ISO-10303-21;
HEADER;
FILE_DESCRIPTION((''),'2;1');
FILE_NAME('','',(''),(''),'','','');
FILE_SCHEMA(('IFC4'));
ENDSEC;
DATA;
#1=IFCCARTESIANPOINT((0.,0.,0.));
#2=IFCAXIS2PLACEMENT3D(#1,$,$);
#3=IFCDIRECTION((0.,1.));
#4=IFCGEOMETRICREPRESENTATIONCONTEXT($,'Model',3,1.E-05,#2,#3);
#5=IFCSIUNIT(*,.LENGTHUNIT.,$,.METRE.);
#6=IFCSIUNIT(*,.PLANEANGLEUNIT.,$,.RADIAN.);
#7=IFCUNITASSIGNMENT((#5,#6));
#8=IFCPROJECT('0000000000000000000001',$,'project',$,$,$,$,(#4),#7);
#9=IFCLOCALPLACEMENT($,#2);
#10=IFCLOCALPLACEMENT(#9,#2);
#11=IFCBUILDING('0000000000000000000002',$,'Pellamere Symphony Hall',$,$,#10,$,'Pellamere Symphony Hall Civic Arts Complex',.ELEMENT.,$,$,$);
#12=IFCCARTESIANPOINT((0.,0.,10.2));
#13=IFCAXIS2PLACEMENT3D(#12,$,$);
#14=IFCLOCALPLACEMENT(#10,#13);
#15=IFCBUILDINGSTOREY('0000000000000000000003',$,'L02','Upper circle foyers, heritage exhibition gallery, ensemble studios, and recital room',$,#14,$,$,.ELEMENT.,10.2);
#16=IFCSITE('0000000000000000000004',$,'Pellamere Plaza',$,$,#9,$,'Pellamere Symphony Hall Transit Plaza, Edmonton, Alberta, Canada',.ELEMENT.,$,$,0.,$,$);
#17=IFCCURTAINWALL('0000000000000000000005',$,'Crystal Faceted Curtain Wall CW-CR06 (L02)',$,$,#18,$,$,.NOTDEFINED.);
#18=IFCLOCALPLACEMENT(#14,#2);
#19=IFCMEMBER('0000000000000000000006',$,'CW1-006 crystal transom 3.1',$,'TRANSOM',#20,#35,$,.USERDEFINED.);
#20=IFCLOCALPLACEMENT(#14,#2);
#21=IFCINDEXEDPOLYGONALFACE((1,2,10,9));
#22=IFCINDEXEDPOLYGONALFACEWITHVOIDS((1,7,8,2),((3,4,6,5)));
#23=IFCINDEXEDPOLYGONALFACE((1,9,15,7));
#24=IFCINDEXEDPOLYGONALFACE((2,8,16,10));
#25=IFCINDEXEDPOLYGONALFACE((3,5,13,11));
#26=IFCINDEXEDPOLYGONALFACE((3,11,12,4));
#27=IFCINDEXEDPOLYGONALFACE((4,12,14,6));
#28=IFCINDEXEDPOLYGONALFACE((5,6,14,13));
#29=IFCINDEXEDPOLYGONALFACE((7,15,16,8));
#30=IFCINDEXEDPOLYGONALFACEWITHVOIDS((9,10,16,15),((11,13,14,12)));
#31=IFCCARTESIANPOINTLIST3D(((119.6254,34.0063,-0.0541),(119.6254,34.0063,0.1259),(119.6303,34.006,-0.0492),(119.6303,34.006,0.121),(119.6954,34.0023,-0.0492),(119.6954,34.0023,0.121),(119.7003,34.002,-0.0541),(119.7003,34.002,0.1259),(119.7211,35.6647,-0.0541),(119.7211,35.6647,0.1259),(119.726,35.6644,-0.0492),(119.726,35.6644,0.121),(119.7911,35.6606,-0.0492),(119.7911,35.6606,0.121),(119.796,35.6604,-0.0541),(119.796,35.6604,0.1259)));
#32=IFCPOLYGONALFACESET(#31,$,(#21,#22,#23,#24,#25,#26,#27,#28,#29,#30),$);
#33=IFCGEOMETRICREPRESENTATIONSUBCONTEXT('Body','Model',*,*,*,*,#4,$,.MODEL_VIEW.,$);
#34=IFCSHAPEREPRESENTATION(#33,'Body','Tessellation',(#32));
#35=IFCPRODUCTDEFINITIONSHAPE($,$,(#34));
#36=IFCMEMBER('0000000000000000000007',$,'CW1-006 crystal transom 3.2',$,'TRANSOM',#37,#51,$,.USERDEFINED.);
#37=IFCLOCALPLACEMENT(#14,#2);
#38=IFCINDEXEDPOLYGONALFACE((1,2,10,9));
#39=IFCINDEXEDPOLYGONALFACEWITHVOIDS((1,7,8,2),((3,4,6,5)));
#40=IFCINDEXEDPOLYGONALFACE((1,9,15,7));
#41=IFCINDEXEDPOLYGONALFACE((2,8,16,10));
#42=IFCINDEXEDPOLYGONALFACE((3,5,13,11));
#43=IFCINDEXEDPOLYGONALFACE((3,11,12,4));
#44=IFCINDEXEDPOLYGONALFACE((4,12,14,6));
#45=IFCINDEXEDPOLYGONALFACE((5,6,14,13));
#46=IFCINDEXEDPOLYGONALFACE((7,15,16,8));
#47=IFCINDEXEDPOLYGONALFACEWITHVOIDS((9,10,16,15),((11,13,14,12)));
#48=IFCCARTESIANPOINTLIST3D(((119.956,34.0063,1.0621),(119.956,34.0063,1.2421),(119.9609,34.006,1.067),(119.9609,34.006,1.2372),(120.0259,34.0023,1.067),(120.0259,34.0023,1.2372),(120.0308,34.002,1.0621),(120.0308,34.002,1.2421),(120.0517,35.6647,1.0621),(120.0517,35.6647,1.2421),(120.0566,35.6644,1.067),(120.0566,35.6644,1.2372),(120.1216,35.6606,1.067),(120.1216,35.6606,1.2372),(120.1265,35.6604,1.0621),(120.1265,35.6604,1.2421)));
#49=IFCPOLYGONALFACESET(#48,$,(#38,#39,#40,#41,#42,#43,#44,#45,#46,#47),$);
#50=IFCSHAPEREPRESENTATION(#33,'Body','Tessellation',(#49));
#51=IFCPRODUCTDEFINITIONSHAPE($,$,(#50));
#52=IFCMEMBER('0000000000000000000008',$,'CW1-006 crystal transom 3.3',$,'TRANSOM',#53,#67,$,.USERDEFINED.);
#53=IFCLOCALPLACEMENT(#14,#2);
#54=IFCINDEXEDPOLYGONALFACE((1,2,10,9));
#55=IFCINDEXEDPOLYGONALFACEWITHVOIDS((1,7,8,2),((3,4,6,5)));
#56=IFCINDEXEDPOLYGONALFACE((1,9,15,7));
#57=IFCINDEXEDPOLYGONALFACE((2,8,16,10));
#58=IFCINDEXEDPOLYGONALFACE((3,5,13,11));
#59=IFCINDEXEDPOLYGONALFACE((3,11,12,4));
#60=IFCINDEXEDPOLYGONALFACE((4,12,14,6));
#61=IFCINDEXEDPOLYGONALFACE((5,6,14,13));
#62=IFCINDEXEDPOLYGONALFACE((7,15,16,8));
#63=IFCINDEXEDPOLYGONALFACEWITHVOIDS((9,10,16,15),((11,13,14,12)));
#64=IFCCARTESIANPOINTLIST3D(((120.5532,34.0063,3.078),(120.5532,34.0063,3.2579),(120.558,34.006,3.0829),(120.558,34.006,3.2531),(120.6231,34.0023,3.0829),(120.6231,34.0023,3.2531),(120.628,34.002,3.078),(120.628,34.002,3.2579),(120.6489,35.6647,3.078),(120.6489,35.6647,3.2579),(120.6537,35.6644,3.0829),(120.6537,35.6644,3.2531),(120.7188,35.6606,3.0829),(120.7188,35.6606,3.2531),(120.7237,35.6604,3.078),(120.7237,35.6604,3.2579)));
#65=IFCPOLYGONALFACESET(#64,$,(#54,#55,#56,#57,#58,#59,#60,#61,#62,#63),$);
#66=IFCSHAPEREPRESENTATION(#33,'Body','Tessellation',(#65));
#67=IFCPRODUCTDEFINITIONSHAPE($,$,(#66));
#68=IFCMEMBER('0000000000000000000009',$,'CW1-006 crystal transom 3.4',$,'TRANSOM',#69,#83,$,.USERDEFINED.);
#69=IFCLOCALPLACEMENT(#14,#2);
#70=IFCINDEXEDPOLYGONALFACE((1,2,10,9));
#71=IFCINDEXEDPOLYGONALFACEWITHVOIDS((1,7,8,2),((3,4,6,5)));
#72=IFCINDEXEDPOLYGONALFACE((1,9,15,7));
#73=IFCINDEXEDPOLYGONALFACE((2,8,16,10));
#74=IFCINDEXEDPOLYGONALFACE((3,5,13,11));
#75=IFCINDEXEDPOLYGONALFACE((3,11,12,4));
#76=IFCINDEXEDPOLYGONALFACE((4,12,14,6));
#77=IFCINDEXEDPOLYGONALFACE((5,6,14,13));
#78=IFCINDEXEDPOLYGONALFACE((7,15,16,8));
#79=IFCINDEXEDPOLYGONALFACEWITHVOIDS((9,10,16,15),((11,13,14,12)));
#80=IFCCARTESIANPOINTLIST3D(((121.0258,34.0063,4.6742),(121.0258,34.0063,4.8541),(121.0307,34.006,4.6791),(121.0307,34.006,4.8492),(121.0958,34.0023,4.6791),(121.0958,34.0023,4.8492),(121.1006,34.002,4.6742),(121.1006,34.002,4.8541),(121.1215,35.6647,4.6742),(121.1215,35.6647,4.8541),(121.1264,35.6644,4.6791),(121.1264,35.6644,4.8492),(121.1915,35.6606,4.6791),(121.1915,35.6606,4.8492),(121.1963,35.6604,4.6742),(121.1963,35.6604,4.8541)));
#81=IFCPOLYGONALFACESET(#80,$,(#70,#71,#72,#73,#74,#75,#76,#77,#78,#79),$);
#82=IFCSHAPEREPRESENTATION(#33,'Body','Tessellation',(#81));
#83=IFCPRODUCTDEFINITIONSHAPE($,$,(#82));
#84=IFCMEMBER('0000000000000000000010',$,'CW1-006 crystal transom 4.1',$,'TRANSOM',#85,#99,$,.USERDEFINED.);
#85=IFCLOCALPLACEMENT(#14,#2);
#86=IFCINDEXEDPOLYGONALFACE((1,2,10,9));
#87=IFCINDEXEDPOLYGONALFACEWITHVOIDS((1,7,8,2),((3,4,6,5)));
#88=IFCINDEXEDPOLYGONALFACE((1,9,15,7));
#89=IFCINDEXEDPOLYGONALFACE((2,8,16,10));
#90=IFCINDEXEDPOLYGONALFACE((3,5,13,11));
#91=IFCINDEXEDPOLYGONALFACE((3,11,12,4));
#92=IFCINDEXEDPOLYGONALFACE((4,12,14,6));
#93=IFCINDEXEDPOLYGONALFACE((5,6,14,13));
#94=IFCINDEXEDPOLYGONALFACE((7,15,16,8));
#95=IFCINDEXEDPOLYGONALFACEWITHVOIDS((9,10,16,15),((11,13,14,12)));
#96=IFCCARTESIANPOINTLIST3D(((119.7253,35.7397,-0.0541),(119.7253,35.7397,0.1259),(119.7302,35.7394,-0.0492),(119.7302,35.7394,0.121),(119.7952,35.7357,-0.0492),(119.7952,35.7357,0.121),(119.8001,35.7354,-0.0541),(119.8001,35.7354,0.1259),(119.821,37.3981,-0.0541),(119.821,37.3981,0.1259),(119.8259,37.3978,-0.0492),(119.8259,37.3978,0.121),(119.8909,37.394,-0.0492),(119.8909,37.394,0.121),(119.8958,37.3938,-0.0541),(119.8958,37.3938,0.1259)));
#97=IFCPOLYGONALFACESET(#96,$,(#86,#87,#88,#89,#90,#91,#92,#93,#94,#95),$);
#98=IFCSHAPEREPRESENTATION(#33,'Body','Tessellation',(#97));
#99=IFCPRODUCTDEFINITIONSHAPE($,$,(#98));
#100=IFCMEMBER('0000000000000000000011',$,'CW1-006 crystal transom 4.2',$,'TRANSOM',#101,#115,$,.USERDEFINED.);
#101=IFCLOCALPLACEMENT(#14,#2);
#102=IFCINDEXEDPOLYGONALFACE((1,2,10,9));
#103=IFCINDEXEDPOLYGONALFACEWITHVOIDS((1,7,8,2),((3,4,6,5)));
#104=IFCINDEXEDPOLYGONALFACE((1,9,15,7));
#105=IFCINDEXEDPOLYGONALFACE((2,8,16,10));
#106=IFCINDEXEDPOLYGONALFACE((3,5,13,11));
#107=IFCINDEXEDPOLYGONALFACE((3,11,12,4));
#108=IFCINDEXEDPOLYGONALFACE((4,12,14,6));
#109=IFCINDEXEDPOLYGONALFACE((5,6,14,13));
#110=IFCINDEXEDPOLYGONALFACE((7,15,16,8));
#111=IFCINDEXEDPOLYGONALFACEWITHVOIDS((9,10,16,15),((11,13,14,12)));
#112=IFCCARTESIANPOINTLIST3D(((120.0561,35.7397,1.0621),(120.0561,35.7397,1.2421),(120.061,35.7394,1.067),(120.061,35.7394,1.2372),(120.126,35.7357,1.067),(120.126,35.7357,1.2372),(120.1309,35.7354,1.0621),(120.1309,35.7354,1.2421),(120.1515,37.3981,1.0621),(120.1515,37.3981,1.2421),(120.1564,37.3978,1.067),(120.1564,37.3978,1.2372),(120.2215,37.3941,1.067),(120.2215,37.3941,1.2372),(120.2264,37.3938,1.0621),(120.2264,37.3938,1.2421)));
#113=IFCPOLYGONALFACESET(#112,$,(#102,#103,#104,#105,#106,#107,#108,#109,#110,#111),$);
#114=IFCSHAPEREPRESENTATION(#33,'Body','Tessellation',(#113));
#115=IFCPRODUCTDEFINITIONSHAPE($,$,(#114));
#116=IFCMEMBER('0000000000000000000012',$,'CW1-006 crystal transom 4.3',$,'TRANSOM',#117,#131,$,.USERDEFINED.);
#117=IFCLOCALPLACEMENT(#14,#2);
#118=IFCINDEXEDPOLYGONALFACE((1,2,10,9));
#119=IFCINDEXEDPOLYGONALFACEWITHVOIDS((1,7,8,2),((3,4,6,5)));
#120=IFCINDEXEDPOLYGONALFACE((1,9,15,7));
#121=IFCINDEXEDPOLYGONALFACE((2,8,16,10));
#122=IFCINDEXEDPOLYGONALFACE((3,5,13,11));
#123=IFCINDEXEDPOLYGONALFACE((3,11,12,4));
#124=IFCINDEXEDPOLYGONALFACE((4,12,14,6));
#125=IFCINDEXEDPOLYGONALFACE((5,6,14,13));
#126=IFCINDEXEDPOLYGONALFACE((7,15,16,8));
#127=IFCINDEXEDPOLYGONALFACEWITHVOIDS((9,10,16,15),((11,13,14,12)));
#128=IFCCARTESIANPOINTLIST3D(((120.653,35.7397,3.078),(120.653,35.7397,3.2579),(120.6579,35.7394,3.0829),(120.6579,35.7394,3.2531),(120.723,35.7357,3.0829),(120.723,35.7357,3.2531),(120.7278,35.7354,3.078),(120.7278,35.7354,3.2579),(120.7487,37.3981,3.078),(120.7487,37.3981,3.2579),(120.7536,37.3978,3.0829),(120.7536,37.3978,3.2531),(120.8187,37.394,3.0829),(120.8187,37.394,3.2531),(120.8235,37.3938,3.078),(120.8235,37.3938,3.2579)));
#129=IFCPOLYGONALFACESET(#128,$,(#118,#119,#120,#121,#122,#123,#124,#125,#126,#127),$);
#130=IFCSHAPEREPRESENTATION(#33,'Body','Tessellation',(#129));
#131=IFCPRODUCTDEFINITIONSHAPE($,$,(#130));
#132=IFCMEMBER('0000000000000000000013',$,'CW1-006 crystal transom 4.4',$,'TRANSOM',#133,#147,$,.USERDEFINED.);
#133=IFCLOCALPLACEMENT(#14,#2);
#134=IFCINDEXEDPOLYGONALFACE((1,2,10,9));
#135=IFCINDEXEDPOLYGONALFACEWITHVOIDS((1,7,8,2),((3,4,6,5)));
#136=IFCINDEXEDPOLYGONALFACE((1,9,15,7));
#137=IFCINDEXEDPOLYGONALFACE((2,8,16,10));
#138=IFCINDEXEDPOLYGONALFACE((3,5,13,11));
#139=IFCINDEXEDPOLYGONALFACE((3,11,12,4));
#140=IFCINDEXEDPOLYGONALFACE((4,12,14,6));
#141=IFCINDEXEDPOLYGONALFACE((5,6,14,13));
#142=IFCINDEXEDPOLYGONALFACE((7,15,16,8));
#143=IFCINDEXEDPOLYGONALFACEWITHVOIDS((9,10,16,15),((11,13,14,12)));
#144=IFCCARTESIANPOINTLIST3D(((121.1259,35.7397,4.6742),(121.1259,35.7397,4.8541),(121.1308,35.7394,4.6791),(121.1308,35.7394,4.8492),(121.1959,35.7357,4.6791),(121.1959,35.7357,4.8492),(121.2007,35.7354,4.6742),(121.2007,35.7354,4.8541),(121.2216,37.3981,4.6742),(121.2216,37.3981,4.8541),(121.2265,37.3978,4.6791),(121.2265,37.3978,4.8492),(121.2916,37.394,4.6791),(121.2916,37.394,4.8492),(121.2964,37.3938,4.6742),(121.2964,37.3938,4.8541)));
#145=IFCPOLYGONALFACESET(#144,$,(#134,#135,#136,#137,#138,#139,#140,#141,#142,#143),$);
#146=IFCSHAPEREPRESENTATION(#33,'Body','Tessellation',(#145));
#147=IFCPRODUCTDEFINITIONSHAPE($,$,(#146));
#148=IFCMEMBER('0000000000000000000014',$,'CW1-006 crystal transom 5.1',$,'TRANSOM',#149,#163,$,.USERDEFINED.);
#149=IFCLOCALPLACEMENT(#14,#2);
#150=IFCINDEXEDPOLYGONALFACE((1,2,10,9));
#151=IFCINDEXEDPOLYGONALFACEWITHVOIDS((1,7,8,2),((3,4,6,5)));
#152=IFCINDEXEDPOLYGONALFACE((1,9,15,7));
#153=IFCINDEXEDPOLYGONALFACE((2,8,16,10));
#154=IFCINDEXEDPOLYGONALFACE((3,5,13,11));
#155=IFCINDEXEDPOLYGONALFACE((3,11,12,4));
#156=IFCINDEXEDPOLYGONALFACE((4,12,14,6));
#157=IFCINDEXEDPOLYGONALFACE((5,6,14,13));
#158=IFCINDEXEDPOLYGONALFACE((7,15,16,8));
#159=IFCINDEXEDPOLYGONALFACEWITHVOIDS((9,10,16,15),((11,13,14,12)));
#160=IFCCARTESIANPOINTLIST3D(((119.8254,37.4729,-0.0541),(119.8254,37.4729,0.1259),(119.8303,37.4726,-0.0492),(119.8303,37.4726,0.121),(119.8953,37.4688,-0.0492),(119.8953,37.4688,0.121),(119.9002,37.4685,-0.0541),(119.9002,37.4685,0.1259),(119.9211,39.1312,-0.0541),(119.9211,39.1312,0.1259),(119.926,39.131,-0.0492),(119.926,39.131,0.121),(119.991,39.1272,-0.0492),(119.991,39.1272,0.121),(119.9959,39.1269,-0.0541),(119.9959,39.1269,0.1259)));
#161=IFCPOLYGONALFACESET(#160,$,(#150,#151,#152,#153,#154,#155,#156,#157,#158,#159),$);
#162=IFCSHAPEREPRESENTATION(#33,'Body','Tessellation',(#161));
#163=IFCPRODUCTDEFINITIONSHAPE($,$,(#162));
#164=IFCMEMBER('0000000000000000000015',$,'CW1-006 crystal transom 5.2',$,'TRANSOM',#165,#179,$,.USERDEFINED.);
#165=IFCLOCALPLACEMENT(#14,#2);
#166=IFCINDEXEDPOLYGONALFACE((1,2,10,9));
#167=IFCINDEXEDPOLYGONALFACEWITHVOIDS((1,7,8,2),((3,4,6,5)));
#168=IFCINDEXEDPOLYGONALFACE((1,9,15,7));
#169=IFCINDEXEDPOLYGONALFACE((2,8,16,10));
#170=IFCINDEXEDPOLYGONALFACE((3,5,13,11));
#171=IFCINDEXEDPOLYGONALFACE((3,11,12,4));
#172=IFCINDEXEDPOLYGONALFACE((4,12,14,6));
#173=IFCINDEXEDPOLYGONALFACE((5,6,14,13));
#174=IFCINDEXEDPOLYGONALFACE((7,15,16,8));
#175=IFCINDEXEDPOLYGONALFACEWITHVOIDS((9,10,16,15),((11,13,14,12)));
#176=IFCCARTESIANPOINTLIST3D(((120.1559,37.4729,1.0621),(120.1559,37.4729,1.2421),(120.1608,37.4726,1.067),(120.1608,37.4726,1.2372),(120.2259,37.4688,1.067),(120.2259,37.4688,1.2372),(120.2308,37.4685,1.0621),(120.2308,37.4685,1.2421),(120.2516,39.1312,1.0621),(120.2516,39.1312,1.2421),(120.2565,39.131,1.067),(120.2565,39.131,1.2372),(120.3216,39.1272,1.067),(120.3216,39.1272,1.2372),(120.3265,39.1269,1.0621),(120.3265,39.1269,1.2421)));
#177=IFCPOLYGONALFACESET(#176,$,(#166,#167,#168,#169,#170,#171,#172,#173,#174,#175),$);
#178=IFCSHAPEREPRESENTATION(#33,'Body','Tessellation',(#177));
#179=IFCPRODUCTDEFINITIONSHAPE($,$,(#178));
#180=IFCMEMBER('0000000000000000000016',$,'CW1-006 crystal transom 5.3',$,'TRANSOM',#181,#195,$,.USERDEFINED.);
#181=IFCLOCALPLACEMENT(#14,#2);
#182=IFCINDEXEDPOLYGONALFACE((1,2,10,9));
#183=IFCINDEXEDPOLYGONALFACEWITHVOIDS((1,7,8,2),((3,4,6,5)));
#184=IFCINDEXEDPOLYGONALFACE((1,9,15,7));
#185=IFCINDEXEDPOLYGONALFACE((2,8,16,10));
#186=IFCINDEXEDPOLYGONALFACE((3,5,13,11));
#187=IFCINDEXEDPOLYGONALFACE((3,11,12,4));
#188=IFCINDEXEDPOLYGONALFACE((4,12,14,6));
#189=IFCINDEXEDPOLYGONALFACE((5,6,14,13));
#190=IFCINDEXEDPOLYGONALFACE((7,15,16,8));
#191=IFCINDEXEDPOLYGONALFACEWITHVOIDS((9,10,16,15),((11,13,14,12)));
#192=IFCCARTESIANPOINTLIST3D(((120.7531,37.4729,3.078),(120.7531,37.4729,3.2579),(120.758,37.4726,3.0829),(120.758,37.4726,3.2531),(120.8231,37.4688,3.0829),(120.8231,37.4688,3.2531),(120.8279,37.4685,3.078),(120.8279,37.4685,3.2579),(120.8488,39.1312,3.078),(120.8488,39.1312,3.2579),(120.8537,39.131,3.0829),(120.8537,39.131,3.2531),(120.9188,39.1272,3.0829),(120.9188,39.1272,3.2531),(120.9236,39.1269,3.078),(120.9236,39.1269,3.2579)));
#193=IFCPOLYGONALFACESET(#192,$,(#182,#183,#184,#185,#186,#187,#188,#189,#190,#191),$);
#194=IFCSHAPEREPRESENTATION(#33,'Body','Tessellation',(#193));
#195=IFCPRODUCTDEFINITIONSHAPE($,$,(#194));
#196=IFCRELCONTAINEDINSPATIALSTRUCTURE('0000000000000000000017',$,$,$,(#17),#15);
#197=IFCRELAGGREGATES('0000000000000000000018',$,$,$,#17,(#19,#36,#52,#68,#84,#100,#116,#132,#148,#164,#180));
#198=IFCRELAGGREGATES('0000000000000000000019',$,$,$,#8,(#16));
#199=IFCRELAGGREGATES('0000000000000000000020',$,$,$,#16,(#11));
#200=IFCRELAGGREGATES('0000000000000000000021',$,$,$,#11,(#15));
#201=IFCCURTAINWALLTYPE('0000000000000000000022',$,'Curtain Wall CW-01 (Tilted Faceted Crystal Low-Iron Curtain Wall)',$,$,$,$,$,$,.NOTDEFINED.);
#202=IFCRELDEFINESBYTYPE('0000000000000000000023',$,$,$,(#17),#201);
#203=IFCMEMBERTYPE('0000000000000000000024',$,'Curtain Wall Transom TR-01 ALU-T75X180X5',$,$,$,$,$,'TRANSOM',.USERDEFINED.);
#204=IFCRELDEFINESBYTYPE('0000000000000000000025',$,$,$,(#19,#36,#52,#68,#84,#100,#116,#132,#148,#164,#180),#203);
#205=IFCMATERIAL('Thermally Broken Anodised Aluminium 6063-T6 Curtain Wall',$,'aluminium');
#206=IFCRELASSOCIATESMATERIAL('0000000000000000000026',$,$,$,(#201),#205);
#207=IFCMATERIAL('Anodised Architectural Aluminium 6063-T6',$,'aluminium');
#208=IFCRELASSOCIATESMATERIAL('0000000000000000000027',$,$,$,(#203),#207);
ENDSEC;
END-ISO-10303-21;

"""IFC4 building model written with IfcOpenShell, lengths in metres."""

from ifc_helpers import new_model, si_unit, direction, frame, origin, origin_2d, place, context, subcontext, project, spatial, hollow_rectangle, extrude, material, material_profile, profile_set, type_object, element, aggregate, save


model = new_model("IFC4")

# Units and contexts
model_context = context("Model", 3, precision=1e-05, world=origin(), true_north=direction((0.0, 1.0)))
body_context = subcontext(model_context, "Body", "Model", "MODEL_VIEW")
ifc_project = project(units=[si_unit("LENGTHUNIT", "METRE"), si_unit("PLANEANGLEUNIT", "RADIAN")], contexts=[model_context])

# Site, building, storey
site_placement = place(None, origin())
site = spatial("IfcSite", under=ifc_project, at=site_placement, Name="Pellamere Plaza", LongName="Pellamere Symphony Hall Transit Plaza, Edmonton, Alberta, Canada", CompositionType="ELEMENT", RefElevation=0.0)
building_placement = place(site_placement, origin())
building = spatial("IfcBuilding", under=site, at=building_placement, Name="Pellamere Symphony Hall", LongName="Pellamere Symphony Hall Civic Arts Complex", CompositionType="ELEMENT")
storey_placement = place(building_placement, frame((0.0, 0.0, 10.2)))
storey = spatial("IfcBuildingStorey", under=building, at=storey_placement, Name="L02", Description="Upper circle foyers, heritage exhibition gallery, ensemble studios, and recital room", CompositionType="ELEMENT", Elevation=10.2)

# Curtain wall, members
ifc_material_1 = material(Name="Thermally Broken Anodised Aluminium 6063-T6 Curtain Wall", Category="aluminium")
curtain_wall_type = type_object("IfcCurtainWallType", Name="Curtain Wall CW-01 (Tilted Faceted Crystal Low-Iron Curtain Wall)", PredefinedType="NOTDEFINED", material=ifc_material_1)
curtain_wall_placement = place(storey_placement, origin())
curtain_wall = element("IfcCurtainWall", 1, at=curtain_wall_placement, inside=storey, type_object=curtain_wall_type, Name="Crystal Faceted Curtain Wall CW-CR06 (L02)", PredefinedType="NOTDEFINED")
ifc_material_2 = material(Name="Anodised Architectural Aluminium 6063-T6", Category="aluminium")
ifc_material_profile_1 = material_profile(ifc_material_2, hollow_rectangle(XDim=0.075, YDim=0.1799, WallThickness=0.0049, at=origin_2d()), Name="ALU-T75X180X5")
ifc_profile_set_1 = profile_set([ifc_material_profile_1], Name="Anodised Architectural Aluminium 6063-T6")
member_type_1 = type_object("IfcMemberType", Name="Curtain Wall Transom TR-01 ALU-T75X180X5", ElementType="TRANSOM", PredefinedType="USERDEFINED", material=ifc_profile_set_1)
member_1_placement = place(storey_placement, frame((119.6628, 34.0042, 0.0359), z_axis=(0.057611, 0.998339, 0.0), x_axis=(-0.998339, 0.057611, 0.0)))
member_1 = element("IfcMember", 2, at=member_1_placement, type_object=member_type_1, Name="CW1-006 crystal transom 3.1", ObjectType="TRANSOM", PredefinedType="USERDEFINED", context=body_context, shape_type="SweptSolid", body=[
    extrude(hollow_rectangle(XDim=0.075, YDim=0.1799, WallThickness=0.0049, at=origin_2d()), origin(), (0.0, 0.0, 1.0), 1.6611),
])
member_2_placement = place(storey_placement, frame((119.9934, 34.0042, 1.1521), z_axis=(0.057611, 0.998339, 0.0), x_axis=(-0.998339, 0.057611, 0.0)))
member_2 = element("IfcMember", 3, at=member_2_placement, type_object=member_type_1, Name="CW1-006 crystal transom 3.2", ObjectType="TRANSOM", PredefinedType="USERDEFINED", context=body_context, shape_type="SweptSolid", body=[
    extrude(hollow_rectangle(XDim=0.075, YDim=0.1799, WallThickness=0.0049, at=origin_2d()), origin(), (0.0, 0.0, 1.0), 1.6611),
])
member_3_placement = place(storey_placement, frame((120.5906, 34.0042, 3.168), z_axis=(0.057611, 0.998339, 0.0), x_axis=(-0.998339, 0.057611, 0.0)))
member_3 = element("IfcMember", 4, at=member_3_placement, type_object=member_type_1, Name="CW1-006 crystal transom 3.3", ObjectType="TRANSOM", PredefinedType="USERDEFINED", context=body_context, shape_type="SweptSolid", body=[
    extrude(hollow_rectangle(XDim=0.075, YDim=0.1799, WallThickness=0.0049, at=origin_2d()), origin(), (0.0, 0.0, 1.0), 1.6611),
])
member_4_placement = place(storey_placement, frame((121.0632, 34.0042, 4.7642), z_axis=(0.057611, 0.998339, 0.0), x_axis=(-0.998339, 0.057611, 0.0)))
member_4 = element("IfcMember", 5, at=member_4_placement, type_object=member_type_1, Name="CW1-006 crystal transom 3.4", ObjectType="TRANSOM", PredefinedType="USERDEFINED", context=body_context, shape_type="SweptSolid", body=[
    extrude(hollow_rectangle(XDim=0.075, YDim=0.1799, WallThickness=0.0049, at=origin_2d()), origin(), (0.0, 0.0, 1.0), 1.6611),
])
member_5_placement = place(storey_placement, frame((119.7627, 35.7375, 0.0359), z_axis=(0.057611, 0.998339, 0.0), x_axis=(-0.998339, 0.057611, 0.0)))
member_5 = element("IfcMember", 6, at=member_5_placement, type_object=member_type_1, Name="CW1-006 crystal transom 4.1", ObjectType="TRANSOM", PredefinedType="USERDEFINED", context=body_context, shape_type="SweptSolid", body=[
    extrude(hollow_rectangle(XDim=0.075, YDim=0.1799, WallThickness=0.0049, at=origin_2d()), origin(), (0.0, 0.0, 1.0), 1.6611),
])
member_6_placement = place(storey_placement, frame((120.0935, 35.7375, 1.1521), z_axis=(0.057464, 0.998348, 0.0), x_axis=(-0.998348, 0.057464, 0.0)))
member_6 = element("IfcMember", 7, at=member_6_placement, type_object=member_type_1, Name="CW1-006 crystal transom 4.2", ObjectType="TRANSOM", PredefinedType="USERDEFINED", context=body_context, shape_type="SweptSolid", body=[
    extrude(hollow_rectangle(XDim=0.075, YDim=0.1799, WallThickness=0.0049, at=origin_2d()), origin(), (0.0, 0.0, 1.0), 1.6611),
])
member_7_placement = place(storey_placement, frame((120.6904, 35.7375, 3.168), z_axis=(0.057611, 0.998339, 0.0), x_axis=(-0.998339, 0.057611, 0.0)))
member_7 = element("IfcMember", 8, at=member_7_placement, type_object=member_type_1, Name="CW1-006 crystal transom 4.3", ObjectType="TRANSOM", PredefinedType="USERDEFINED", context=body_context, shape_type="SweptSolid", body=[
    extrude(hollow_rectangle(XDim=0.075, YDim=0.1799, WallThickness=0.0049, at=origin_2d()), origin(), (0.0, 0.0, 1.0), 1.6611),
])
member_8_placement = place(storey_placement, frame((121.1633, 35.7375, 4.7642), z_axis=(0.057611, 0.998339, 0.0), x_axis=(-0.998339, 0.057611, 0.0)))
member_8 = element("IfcMember", 9, at=member_8_placement, type_object=member_type_1, Name="CW1-006 crystal transom 4.4", ObjectType="TRANSOM", PredefinedType="USERDEFINED", context=body_context, shape_type="SweptSolid", body=[
    extrude(hollow_rectangle(XDim=0.075, YDim=0.1799, WallThickness=0.0049, at=origin_2d()), origin(), (0.0, 0.0, 1.0), 1.6611),
])
member_9_placement = place(storey_placement, frame((119.8628, 37.4707, 0.0359), z_axis=(0.057611, 0.998339, 0.0), x_axis=(-0.998339, 0.057611, 0.0)))
member_9 = element("IfcMember", 10, at=member_9_placement, type_object=member_type_1, Name="CW1-006 crystal transom 5.1", ObjectType="TRANSOM", PredefinedType="USERDEFINED", context=body_context, shape_type="SweptSolid", body=[
    extrude(hollow_rectangle(XDim=0.075, YDim=0.1799, WallThickness=0.0049, at=origin_2d()), origin(), (0.0, 0.0, 1.0), 1.6611),
])
member_10_placement = place(storey_placement, frame((120.1934, 37.4707, 1.1521), z_axis=(0.057611, 0.998339, 0.0), x_axis=(-0.998339, 0.057611, 0.0)))
member_10 = element("IfcMember", 11, at=member_10_placement, type_object=member_type_1, Name="CW1-006 crystal transom 5.2", ObjectType="TRANSOM", PredefinedType="USERDEFINED", context=body_context, shape_type="SweptSolid", body=[
    extrude(hollow_rectangle(XDim=0.075, YDim=0.1799, WallThickness=0.0049, at=origin_2d()), origin(), (0.0, 0.0, 1.0), 1.6611),
])
member_11_placement = place(storey_placement, frame((120.7905, 37.4707, 3.168), z_axis=(0.057611, 0.998339, 0.0), x_axis=(-0.998339, 0.057611, 0.0)))
member_11 = element("IfcMember", 12, at=member_11_placement, type_object=member_type_1, Name="CW1-006 crystal transom 5.3", ObjectType="TRANSOM", PredefinedType="USERDEFINED", context=body_context, shape_type="SweptSolid", body=[
    extrude(hollow_rectangle(XDim=0.075, YDim=0.1799, WallThickness=0.0049, at=origin_2d()), origin(), (0.0, 0.0, 1.0), 1.6611),
])

aggregate(curtain_wall, [member_1, member_2, member_3, member_4, member_5, member_6, member_7, member_8, member_9, member_10, member_11])

save(model, "model.ifc")
